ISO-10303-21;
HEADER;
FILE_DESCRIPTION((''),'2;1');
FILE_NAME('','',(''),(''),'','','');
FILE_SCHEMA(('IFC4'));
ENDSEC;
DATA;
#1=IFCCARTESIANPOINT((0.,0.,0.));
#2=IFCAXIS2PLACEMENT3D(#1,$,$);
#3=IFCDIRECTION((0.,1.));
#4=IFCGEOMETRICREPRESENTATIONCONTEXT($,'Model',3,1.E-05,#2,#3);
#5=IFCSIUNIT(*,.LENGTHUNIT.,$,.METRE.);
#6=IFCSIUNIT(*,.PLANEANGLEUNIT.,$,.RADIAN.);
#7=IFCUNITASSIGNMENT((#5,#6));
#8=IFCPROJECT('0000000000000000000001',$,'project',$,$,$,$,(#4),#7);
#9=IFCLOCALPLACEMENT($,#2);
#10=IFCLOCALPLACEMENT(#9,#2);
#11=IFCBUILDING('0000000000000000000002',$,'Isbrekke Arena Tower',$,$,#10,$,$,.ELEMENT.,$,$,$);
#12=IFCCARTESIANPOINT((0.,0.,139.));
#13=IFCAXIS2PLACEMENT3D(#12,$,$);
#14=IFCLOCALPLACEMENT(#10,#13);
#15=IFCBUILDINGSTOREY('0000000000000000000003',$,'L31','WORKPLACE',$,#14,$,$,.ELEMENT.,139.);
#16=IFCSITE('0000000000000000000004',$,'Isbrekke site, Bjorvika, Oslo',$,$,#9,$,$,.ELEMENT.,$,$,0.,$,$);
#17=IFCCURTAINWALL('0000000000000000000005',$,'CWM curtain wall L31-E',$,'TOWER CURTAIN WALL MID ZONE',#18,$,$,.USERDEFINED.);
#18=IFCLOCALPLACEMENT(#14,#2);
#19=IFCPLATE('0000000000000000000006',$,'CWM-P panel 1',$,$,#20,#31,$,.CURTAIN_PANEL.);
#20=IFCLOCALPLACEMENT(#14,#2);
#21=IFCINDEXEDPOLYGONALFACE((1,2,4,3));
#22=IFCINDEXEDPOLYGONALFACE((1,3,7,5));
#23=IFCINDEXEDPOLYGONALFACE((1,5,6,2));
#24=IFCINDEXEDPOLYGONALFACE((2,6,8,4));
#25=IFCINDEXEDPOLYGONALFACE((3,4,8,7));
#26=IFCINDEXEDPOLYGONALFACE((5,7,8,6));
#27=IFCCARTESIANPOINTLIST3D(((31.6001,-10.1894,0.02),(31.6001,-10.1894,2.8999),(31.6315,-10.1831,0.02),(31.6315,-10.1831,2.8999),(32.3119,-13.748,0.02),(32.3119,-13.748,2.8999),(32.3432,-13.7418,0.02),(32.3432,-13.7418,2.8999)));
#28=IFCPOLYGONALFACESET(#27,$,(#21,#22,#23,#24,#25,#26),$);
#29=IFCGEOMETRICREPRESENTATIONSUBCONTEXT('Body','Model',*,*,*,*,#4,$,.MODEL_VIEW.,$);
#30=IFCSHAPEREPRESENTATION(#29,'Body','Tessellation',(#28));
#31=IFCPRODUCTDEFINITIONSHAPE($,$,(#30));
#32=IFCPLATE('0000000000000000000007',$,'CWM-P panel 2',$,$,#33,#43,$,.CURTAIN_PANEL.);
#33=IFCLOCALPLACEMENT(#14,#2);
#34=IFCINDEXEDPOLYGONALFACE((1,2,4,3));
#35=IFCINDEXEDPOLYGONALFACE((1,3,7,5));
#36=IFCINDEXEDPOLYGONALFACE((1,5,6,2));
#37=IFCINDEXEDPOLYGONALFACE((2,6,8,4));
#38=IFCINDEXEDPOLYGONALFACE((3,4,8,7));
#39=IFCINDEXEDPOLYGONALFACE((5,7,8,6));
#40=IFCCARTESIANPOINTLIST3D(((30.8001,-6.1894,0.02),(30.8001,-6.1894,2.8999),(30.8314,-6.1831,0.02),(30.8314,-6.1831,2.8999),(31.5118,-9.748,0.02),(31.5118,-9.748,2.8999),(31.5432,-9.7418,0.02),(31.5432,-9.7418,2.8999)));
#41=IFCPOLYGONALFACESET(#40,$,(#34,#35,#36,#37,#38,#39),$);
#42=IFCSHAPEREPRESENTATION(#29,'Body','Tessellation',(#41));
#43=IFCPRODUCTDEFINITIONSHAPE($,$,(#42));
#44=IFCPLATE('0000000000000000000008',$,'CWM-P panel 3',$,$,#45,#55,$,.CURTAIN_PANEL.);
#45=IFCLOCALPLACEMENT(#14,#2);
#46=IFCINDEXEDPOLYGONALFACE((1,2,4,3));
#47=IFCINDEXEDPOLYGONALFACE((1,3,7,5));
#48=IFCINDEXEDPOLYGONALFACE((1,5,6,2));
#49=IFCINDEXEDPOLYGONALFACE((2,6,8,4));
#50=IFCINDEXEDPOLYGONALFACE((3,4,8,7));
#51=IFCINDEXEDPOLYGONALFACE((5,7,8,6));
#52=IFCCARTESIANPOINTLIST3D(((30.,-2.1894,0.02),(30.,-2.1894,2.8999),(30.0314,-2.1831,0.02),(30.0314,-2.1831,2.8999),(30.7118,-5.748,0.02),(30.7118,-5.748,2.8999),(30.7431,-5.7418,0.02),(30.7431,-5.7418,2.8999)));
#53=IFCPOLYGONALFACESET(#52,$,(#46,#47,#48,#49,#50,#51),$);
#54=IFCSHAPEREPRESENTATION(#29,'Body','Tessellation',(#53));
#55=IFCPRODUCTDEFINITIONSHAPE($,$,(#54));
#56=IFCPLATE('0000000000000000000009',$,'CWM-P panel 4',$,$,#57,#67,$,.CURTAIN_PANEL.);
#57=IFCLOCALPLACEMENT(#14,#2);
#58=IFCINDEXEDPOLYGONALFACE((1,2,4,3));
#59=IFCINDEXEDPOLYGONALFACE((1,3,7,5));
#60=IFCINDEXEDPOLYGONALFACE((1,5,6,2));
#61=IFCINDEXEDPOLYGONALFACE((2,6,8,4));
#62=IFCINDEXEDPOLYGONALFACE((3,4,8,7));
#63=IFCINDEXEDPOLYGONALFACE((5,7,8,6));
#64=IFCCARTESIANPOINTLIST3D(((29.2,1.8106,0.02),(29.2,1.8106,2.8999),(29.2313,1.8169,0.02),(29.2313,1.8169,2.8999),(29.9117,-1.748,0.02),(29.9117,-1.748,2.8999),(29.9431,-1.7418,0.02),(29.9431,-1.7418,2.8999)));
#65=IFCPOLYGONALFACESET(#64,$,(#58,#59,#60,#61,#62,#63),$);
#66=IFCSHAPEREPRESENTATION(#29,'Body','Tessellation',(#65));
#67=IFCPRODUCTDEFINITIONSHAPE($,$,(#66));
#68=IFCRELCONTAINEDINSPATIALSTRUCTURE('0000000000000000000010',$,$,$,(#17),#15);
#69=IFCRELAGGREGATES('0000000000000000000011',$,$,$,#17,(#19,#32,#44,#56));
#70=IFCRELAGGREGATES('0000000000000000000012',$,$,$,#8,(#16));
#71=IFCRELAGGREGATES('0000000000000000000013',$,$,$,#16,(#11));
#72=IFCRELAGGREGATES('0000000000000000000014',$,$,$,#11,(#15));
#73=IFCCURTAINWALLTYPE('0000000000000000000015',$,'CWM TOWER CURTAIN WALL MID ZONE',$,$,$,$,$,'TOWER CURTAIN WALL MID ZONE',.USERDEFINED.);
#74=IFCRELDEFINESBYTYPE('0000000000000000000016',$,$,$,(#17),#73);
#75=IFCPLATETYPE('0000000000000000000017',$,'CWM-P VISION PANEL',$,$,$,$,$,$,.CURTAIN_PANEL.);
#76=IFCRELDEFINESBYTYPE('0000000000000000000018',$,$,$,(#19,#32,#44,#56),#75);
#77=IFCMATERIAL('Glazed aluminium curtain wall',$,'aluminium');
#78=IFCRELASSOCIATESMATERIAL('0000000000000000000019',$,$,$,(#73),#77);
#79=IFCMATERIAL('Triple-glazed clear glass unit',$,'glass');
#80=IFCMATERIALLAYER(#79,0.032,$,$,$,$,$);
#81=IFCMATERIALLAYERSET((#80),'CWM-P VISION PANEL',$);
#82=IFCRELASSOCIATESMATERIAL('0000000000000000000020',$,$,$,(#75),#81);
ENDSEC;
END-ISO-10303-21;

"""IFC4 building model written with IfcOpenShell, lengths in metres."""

from ifc_helpers import new_model, si_unit, direction, frame, origin, origin_2d, place, context, subcontext, project, spatial, rectangle, extrude, material, layer, layer_set, type_object, element, aggregate, save


model = new_model("IFC4")

# Units and contexts
model_context = context("Model", 3, precision=1e-05, world=origin(), true_north=direction((0.0, 1.0)))
body_context = subcontext(model_context, "Body", "Model", "MODEL_VIEW")
ifc_project = project(units=[si_unit("LENGTHUNIT", "METRE"), si_unit("PLANEANGLEUNIT", "RADIAN")], contexts=[model_context])

# Site, building, storey
site_placement = place(None, origin())
site = spatial("IfcSite", under=ifc_project, at=site_placement, Name="Isbrekke site, Bjorvika, Oslo", CompositionType="ELEMENT", RefElevation=0.0)
building_placement = place(site_placement, origin())
building = spatial("IfcBuilding", under=site, at=building_placement, Name="Isbrekke Arena Tower", CompositionType="ELEMENT")
storey_placement = place(building_placement, frame((0.0, 0.0, 139.0)))
storey = spatial("IfcBuildingStorey", under=building, at=storey_placement, Name="L31", Description="WORKPLACE", CompositionType="ELEMENT", Elevation=139.0)

# Curtain wall
ifc_material_1 = material(Name="Glazed aluminium curtain wall", Category="aluminium")
curtain_wall_type = type_object("IfcCurtainWallType", Name="CWM TOWER CURTAIN WALL MID ZONE", ElementType="TOWER CURTAIN WALL MID ZONE", PredefinedType="USERDEFINED", material=ifc_material_1)
curtain_wall_placement = place(storey_placement, origin())
curtain_wall = element("IfcCurtainWall", 1, at=curtain_wall_placement, inside=storey, type_object=curtain_wall_type, Name="CWM curtain wall L31-E", ObjectType="TOWER CURTAIN WALL MID ZONE", PredefinedType="USERDEFINED")

# Plates
ifc_material_2 = material(Name="Triple-glazed clear glass unit", Category="glass")
ifc_layer = layer(ifc_material_2, 0.032)
ifc_layer_set = layer_set([ifc_layer], Name="CWM-P VISION PANEL")
plate_type = type_object("IfcPlateType", Name="CWM-P VISION PANEL", PredefinedType="CURTAIN_PANEL", material=ifc_layer_set)
plate_1_placement = place(storey_placement, frame((31.9717, -11.9656, 0.02), z_axis=(0.0, 0.0, 1.0), x_axis=(-0.196116, 0.980581, 0.0)))
plate_1 = element("IfcPlate", 2, at=plate_1_placement, type_object=plate_type, Name="CWM-P panel 1", PredefinedType="CURTAIN_PANEL", context=body_context, shape_type="SweptSolid", body=[
    extrude(rectangle(XDim=3.6292, YDim=0.032, at=origin_2d()), origin(), (0.0, 0.0, 1.0), 2.8799),
])
plate_2_placement = place(storey_placement, frame((31.1716, -7.9656, 0.02), z_axis=(0.0, 0.0, 1.0), x_axis=(-0.196116, 0.980581, 0.0)))
plate_2 = element("IfcPlate", 3, at=plate_2_placement, type_object=plate_type, Name="CWM-P panel 2", PredefinedType="CURTAIN_PANEL", context=body_context, shape_type="SweptSolid", body=[
    extrude(rectangle(XDim=3.6292, YDim=0.032, at=origin_2d()), origin(), (0.0, 0.0, 1.0), 2.8799),
])
plate_3_placement = place(storey_placement, frame((30.3716, -3.9656, 0.02), z_axis=(0.0, 0.0, 1.0), x_axis=(-0.196116, 0.980581, 0.0)))
plate_3 = element("IfcPlate", 4, at=plate_3_placement, type_object=plate_type, Name="CWM-P panel 3", PredefinedType="CURTAIN_PANEL", context=body_context, shape_type="SweptSolid", body=[
    extrude(rectangle(XDim=3.6292, YDim=0.032, at=origin_2d()), origin(), (0.0, 0.0, 1.0), 2.8799),
])
plate_4_placement = place(storey_placement, frame((29.5715, 0.0344, 0.02), z_axis=(0.0, 0.0, 1.0), x_axis=(-0.196116, 0.980581, 0.0)))
plate_4 = element("IfcPlate", 5, at=plate_4_placement, type_object=plate_type, Name="CWM-P panel 4", PredefinedType="CURTAIN_PANEL", context=body_context, shape_type="SweptSolid", body=[
    extrude(rectangle(XDim=3.6292, YDim=0.032, at=origin_2d()), origin(), (0.0, 0.0, 1.0), 2.8799),
])
aggregate(curtain_wall, [plate_1, plate_2, plate_3, plate_4])

save(model, "model.ifc")
